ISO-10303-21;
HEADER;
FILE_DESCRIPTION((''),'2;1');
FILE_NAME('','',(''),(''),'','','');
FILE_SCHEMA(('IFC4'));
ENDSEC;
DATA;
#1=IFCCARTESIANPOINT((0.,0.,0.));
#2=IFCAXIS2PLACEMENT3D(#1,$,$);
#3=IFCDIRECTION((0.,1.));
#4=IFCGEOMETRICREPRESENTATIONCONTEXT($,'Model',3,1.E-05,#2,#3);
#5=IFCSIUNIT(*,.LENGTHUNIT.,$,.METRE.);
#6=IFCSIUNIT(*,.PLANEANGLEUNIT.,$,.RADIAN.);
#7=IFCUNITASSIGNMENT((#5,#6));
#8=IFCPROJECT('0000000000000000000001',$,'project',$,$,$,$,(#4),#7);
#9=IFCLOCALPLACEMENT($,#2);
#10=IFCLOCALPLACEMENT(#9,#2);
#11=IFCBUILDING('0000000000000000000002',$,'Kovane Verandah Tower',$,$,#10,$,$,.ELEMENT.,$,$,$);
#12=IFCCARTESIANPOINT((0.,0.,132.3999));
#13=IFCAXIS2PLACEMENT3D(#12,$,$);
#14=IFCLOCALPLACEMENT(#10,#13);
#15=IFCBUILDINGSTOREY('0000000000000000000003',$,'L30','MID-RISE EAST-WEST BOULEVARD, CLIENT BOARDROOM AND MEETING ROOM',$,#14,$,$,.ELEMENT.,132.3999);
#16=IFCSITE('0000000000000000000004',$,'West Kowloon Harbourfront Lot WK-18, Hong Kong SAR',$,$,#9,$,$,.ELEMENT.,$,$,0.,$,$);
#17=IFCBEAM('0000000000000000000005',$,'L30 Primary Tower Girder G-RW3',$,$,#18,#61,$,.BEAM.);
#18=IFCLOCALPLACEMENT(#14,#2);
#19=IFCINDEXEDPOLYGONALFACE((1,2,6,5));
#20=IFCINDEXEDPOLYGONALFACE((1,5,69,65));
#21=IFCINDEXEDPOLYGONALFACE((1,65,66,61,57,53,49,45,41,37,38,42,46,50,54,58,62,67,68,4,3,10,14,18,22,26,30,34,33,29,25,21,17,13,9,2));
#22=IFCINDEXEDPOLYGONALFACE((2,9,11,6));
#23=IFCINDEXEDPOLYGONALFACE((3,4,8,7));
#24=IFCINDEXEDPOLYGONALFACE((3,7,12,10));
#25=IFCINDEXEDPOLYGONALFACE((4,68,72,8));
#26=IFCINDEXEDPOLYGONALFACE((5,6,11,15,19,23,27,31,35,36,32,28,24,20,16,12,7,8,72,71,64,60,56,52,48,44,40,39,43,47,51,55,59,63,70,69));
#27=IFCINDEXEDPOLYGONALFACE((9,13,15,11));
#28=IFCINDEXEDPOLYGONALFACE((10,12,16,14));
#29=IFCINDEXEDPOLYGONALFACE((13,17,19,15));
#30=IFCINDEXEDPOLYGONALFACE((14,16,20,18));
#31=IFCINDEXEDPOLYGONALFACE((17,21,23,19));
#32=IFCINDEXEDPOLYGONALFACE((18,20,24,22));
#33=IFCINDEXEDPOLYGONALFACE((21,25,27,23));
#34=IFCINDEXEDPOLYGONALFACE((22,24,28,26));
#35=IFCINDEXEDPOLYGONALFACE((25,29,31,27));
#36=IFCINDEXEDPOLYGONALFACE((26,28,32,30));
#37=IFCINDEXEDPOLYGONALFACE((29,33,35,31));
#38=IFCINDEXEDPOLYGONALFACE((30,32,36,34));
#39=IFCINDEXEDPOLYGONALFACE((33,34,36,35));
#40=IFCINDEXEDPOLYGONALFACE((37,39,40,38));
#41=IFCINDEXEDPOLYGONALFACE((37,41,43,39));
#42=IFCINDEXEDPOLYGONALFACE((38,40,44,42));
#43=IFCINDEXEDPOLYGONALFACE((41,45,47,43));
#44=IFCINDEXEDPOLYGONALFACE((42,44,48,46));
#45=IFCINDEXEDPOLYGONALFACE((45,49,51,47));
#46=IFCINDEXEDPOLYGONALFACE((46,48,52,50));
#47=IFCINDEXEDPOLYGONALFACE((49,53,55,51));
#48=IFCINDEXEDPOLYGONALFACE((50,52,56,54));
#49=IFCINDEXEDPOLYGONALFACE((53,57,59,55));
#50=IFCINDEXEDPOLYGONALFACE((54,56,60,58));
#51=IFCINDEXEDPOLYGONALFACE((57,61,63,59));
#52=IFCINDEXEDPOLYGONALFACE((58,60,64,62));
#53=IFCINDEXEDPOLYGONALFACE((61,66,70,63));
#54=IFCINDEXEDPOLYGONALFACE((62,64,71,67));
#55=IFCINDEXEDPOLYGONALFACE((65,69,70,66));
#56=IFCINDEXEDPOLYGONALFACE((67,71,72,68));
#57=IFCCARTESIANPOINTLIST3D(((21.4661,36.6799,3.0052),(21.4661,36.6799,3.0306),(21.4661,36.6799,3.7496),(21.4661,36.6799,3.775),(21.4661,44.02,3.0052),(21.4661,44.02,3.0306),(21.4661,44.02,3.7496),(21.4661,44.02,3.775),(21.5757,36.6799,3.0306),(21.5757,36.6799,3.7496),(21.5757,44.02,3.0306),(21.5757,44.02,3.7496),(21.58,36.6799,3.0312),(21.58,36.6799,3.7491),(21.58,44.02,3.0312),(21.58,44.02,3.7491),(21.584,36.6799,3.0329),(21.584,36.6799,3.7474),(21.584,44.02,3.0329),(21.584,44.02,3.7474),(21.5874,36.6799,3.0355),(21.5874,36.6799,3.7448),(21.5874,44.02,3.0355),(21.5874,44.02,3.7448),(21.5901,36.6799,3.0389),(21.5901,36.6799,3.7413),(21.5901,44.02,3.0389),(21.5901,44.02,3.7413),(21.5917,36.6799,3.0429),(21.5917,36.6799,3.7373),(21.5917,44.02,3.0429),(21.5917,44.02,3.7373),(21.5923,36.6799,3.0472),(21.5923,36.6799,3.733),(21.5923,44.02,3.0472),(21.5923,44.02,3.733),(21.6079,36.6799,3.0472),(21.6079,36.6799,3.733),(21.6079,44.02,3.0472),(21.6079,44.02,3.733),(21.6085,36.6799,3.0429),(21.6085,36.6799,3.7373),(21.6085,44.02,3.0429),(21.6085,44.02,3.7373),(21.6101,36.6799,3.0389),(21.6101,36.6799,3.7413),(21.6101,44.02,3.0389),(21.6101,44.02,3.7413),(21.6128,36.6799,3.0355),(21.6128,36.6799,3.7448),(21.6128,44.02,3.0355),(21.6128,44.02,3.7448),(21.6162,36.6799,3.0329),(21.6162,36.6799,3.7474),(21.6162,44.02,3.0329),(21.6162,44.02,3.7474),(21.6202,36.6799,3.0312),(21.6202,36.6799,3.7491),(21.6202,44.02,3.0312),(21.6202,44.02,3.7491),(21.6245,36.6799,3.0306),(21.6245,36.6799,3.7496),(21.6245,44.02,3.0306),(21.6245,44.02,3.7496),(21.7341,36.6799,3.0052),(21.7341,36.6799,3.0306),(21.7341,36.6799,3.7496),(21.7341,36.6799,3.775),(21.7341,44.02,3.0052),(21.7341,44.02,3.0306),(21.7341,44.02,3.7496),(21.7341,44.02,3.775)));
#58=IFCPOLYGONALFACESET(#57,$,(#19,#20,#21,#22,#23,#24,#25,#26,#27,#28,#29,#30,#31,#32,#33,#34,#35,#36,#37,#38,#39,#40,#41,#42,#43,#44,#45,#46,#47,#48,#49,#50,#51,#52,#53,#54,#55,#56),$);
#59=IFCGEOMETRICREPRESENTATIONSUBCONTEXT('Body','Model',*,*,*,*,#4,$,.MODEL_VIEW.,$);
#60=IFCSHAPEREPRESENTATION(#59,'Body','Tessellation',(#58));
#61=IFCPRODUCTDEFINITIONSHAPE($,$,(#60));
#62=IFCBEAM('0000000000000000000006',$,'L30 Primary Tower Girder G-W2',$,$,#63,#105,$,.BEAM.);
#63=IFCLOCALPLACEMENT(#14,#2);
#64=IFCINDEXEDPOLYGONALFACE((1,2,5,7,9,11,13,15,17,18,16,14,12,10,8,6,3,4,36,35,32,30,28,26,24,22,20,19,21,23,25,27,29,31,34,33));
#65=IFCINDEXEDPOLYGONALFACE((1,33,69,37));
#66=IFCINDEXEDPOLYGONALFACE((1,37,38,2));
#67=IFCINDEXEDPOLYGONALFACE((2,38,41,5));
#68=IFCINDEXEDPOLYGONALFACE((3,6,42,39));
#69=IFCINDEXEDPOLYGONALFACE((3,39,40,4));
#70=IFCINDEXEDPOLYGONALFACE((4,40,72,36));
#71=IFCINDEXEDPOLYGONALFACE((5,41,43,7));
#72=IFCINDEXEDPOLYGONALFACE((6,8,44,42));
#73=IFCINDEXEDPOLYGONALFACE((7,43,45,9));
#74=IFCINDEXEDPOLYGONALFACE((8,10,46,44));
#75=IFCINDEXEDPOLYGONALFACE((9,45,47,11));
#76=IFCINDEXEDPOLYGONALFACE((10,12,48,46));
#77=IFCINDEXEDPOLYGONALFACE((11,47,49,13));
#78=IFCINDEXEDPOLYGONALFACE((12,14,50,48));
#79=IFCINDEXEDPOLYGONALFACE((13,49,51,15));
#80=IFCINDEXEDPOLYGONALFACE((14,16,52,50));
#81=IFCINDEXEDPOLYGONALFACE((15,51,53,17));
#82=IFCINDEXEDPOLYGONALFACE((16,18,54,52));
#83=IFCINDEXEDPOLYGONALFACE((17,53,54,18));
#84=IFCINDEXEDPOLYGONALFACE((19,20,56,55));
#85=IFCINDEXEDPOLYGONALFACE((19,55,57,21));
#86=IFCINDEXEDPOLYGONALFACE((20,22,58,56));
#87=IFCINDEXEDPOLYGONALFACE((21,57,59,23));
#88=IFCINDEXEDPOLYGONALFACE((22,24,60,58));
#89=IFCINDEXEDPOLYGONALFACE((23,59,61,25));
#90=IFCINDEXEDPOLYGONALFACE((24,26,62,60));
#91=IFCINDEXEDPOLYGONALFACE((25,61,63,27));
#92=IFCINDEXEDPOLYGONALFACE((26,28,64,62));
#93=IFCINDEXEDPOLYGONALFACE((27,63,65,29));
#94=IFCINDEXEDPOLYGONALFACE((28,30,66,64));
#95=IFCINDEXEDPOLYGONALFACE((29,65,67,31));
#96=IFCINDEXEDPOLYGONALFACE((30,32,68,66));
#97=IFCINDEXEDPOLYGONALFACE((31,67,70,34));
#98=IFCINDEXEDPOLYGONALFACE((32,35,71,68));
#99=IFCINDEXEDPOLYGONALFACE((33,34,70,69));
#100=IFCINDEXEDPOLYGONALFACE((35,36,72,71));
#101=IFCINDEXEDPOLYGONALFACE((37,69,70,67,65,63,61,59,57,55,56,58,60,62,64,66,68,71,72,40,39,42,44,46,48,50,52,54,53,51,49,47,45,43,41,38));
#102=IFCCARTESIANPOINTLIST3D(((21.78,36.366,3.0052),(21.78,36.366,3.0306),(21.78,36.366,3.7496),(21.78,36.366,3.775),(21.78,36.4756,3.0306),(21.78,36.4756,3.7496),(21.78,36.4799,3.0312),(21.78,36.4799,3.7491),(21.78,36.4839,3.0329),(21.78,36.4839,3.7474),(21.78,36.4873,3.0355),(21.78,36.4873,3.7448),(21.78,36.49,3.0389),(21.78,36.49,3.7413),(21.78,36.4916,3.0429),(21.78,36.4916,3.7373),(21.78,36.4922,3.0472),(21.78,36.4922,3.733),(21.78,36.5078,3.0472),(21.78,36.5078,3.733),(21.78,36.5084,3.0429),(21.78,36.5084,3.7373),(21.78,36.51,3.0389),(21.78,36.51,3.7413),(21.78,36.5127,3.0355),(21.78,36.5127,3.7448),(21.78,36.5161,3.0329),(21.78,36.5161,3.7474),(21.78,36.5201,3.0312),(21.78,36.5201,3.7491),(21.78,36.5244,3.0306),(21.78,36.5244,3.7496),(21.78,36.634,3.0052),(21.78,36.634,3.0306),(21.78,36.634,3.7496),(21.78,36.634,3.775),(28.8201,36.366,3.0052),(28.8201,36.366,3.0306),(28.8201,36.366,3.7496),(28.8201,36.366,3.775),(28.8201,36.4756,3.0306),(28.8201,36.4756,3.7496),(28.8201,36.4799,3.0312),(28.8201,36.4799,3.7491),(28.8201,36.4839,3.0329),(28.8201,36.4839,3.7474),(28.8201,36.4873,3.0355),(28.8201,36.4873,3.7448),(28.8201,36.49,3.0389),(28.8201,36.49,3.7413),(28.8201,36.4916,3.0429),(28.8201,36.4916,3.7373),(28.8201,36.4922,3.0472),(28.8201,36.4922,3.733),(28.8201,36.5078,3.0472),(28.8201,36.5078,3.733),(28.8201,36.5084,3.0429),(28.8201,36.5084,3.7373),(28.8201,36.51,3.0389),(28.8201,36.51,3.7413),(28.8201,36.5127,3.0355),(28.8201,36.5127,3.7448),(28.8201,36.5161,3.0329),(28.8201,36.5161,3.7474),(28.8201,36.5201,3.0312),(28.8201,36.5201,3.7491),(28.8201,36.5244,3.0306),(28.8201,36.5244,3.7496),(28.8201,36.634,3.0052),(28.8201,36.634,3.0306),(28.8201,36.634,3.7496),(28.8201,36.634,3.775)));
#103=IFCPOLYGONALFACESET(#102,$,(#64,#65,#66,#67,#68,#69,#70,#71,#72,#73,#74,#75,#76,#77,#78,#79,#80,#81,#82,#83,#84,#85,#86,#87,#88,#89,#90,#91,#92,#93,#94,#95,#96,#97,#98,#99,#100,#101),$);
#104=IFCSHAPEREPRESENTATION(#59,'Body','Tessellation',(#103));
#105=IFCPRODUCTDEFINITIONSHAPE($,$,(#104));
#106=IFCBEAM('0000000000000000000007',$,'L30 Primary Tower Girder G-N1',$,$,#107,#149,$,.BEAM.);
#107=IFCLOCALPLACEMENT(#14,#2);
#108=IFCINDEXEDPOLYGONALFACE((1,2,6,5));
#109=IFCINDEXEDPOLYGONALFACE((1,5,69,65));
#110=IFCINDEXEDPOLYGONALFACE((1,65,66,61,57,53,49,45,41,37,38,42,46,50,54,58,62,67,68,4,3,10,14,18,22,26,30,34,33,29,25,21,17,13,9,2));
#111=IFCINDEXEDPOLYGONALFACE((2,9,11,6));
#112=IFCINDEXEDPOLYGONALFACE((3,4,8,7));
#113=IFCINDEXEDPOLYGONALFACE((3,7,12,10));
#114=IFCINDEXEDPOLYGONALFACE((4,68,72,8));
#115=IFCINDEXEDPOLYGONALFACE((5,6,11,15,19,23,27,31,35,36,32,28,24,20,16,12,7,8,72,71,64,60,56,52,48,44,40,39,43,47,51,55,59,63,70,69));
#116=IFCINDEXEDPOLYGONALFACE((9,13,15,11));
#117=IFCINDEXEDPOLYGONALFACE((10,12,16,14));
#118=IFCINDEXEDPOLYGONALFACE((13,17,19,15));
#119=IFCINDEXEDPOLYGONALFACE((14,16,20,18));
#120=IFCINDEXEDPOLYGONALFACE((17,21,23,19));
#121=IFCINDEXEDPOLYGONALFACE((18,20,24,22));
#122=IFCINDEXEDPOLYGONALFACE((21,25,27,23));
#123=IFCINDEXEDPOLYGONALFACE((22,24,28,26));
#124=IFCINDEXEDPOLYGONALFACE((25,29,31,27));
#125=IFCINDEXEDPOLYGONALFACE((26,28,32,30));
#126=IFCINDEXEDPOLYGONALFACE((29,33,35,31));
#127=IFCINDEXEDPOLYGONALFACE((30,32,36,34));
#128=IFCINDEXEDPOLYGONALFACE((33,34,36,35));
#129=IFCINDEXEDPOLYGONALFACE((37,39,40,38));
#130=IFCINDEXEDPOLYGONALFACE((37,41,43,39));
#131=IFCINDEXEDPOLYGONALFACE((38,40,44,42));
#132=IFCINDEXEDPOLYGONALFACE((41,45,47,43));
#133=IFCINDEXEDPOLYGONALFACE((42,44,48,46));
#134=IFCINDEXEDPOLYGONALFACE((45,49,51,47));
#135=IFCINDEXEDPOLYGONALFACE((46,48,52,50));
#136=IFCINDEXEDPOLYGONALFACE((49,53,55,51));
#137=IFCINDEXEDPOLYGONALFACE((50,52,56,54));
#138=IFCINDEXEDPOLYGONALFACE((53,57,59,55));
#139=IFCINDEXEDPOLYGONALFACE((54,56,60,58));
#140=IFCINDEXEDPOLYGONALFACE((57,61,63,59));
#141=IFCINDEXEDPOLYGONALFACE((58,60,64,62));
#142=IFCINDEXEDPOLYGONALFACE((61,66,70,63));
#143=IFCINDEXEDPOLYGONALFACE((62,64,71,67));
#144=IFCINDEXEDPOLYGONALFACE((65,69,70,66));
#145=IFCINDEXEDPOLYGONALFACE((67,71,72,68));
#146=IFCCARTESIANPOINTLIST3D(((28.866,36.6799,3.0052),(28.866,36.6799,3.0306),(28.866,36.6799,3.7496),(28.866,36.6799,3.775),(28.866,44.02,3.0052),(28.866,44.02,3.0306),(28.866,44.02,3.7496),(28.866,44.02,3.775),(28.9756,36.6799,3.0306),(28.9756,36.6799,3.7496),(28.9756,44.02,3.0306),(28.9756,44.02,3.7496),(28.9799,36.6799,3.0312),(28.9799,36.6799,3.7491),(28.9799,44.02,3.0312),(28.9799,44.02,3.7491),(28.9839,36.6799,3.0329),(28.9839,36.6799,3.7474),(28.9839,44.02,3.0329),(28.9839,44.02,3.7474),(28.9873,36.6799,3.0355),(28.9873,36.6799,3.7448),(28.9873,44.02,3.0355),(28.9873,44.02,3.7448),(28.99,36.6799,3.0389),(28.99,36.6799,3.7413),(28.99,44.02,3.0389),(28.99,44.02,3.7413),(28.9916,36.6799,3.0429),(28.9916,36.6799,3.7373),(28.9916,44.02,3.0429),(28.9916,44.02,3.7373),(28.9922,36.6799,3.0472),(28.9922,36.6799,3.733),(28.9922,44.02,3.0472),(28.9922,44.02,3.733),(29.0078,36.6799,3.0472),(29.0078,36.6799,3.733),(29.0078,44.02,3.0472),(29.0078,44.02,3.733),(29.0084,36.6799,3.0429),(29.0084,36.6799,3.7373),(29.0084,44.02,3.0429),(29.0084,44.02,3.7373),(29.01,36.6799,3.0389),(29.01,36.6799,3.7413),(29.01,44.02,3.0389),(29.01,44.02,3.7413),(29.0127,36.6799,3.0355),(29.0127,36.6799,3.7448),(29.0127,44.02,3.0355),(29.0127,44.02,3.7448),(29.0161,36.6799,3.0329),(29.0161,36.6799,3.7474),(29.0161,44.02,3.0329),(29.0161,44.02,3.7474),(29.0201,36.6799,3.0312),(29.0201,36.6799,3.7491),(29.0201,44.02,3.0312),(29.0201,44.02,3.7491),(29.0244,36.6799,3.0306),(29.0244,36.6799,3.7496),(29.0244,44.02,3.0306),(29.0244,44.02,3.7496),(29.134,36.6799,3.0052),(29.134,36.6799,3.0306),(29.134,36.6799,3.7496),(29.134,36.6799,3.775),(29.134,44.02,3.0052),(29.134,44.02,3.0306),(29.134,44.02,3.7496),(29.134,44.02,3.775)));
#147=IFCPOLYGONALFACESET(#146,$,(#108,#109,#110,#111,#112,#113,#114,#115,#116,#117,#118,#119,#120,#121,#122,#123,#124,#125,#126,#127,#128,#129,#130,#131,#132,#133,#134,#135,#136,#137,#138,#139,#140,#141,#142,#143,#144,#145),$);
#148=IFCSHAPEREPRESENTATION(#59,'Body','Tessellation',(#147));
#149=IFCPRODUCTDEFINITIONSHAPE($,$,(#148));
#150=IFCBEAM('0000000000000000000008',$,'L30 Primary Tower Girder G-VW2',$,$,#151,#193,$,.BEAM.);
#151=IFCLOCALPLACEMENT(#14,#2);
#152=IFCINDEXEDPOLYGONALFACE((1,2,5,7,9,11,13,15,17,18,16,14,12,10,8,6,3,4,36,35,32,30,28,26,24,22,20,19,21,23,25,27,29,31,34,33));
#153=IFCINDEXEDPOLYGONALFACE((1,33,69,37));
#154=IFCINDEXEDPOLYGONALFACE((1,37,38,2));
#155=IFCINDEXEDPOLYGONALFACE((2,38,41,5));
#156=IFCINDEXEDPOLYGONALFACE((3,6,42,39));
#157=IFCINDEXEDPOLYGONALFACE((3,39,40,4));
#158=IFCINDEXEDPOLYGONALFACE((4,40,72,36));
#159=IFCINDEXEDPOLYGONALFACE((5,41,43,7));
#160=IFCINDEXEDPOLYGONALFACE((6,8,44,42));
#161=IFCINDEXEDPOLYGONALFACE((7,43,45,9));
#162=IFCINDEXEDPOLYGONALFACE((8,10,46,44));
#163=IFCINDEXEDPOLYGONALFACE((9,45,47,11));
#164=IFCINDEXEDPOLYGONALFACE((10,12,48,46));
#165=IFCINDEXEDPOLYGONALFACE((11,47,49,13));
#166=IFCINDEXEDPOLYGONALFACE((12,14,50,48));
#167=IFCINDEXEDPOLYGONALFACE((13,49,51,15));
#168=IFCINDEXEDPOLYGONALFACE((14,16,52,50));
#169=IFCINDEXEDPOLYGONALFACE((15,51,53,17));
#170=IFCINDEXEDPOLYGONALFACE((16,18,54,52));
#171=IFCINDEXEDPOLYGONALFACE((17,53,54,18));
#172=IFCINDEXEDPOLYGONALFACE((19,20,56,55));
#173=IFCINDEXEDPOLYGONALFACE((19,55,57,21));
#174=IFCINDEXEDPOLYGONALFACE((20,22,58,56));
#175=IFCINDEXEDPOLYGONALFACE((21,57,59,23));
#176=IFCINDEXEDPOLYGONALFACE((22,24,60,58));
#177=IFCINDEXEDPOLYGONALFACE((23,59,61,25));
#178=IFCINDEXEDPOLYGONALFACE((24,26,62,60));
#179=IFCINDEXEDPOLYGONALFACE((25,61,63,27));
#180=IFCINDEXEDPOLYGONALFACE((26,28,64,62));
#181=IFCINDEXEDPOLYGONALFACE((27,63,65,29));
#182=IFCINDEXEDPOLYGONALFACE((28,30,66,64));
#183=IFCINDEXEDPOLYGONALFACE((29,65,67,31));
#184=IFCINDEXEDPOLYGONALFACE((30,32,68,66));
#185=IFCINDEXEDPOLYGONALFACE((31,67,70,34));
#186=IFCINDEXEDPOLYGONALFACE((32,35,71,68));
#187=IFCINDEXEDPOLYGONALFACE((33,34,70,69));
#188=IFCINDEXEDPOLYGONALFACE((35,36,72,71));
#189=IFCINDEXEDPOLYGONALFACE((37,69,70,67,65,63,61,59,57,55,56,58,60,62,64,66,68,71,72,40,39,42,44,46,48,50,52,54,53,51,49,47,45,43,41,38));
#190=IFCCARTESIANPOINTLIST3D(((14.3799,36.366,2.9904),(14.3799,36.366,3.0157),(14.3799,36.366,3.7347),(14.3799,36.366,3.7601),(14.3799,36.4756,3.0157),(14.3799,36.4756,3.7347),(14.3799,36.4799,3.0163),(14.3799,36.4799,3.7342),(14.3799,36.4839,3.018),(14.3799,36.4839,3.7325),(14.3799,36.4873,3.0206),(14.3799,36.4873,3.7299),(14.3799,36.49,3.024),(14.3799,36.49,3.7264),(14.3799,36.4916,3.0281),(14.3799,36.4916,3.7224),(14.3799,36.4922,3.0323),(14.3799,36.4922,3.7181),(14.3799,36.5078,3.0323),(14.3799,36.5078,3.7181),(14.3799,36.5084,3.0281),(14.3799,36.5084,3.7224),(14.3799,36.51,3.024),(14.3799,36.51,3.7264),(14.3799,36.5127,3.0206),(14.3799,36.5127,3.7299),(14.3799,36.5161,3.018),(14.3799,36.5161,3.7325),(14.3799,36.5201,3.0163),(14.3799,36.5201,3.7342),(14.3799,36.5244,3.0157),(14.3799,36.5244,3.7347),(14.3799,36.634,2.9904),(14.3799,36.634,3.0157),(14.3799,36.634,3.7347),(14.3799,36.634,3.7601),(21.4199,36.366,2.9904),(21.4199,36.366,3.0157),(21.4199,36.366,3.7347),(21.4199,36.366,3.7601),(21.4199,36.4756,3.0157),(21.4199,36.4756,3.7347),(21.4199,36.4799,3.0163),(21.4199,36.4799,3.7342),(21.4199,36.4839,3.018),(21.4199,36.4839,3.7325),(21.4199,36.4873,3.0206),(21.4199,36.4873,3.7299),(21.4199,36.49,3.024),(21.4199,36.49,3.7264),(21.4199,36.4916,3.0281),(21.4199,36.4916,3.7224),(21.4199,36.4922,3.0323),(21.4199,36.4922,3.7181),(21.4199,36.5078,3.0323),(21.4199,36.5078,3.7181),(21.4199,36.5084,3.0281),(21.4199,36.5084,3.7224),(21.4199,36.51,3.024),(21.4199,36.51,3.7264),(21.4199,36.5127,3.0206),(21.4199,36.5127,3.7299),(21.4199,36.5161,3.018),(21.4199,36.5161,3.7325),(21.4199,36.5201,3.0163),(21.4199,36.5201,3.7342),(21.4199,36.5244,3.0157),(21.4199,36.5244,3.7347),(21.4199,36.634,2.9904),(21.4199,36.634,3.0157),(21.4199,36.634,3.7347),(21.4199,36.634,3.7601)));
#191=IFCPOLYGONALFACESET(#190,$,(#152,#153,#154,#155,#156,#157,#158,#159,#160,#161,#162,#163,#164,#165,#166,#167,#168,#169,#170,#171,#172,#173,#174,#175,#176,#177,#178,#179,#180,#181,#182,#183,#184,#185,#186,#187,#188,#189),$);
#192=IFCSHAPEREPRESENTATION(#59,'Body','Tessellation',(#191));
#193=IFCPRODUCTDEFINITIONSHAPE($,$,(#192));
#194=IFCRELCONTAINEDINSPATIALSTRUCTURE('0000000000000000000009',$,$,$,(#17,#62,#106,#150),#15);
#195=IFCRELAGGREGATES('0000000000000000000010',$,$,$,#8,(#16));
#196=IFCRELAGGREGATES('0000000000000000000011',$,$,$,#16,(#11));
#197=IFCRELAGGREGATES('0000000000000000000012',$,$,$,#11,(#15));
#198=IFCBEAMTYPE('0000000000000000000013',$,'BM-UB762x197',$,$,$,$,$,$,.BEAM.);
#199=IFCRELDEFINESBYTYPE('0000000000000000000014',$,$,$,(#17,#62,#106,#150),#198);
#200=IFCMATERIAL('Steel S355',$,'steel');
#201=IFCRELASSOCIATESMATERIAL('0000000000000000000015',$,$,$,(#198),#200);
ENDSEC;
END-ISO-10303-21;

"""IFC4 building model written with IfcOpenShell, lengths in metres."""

from ifc_helpers import new_model, si_unit, direction, frame, origin, origin_2d, place, context, subcontext, project, spatial, i_section, extrude, material, material_profile, profile_set, type_object, element, save


model = new_model("IFC4")

# Units and contexts
model_context = context("Model", 3, precision=1e-05, world=origin(), true_north=direction((0.0, 1.0)))
body_context = subcontext(model_context, "Body", "Model", "MODEL_VIEW")
ifc_project = project(units=[si_unit("LENGTHUNIT", "METRE"), si_unit("PLANEANGLEUNIT", "RADIAN")], contexts=[model_context])

# Site, building, storey
site_placement = place(None, origin())
site = spatial("IfcSite", under=ifc_project, at=site_placement, Name="West Kowloon Harbourfront Lot WK-18, Hong Kong SAR", CompositionType="ELEMENT", RefElevation=0.0)
building_placement = place(site_placement, origin())
building = spatial("IfcBuilding", under=site, at=building_placement, Name="Kovane Verandah Tower", CompositionType="ELEMENT")
storey_placement = place(building_placement, frame((0.0, 0.0, 132.3999)))
storey = spatial("IfcBuildingStorey", under=building, at=storey_placement, Name="L30", Description="MID-RISE EAST-WEST BOULEVARD, CLIENT BOARDROOM AND MEETING ROOM", CompositionType="ELEMENT", Elevation=132.3999)

# Beams
ifc_material_1 = material(Name="Steel S355", Category="steel")
ifc_material_profile_1 = material_profile(ifc_material_1, i_section(OverallWidth=0.2681, OverallDepth=0.7698, WebThickness=0.0156, FlangeThickness=0.0254, FilletRadius=0.0166, at=origin_2d()), Name="UB762x267x197")
ifc_profile_set_1 = profile_set([ifc_material_profile_1], Name="Steel S355")
beam_type_1 = type_object("IfcBeamType", Name="BM-UB762x197", PredefinedType="BEAM", material=ifc_profile_set_1)
beam_1_placement = place(storey_placement, frame((21.6001, 36.6799, 3.3901), z_axis=(0.0, 1.0, 0.0), x_axis=(-1.0, 0.0, 0.0)))
element("IfcBeam", 1, at=beam_1_placement, inside=storey, type_object=beam_type_1, Name="L30 Primary Tower Girder G-RW3", PredefinedType="BEAM", context=body_context, shape_type="SweptSolid", body=[
    extrude(i_section(OverallWidth=0.2681, OverallDepth=0.7698, WebThickness=0.0156, FlangeThickness=0.0254, FilletRadius=0.0166, at=origin_2d()), origin(), (0.0, 0.0, 1.0), 7.3401),
])
beam_2_placement = place(storey_placement, frame((28.8201, 36.5, 3.3901), z_axis=(-1.0, 0.0, 0.0), x_axis=(0.0, -1.0, 0.0)))
element("IfcBeam", 2, at=beam_2_placement, inside=storey, type_object=beam_type_1, Name="L30 Primary Tower Girder G-W2", PredefinedType="BEAM", context=body_context, shape_type="SweptSolid", body=[
    extrude(i_section(OverallWidth=0.2681, OverallDepth=0.7698, WebThickness=0.0156, FlangeThickness=0.0254, FilletRadius=0.0166, at=origin_2d()), origin(), (0.0, 0.0, 1.0), 7.04),
])
beam_3_placement = place(storey_placement, frame((29.0, 36.6799, 3.3901), z_axis=(0.0, 1.0, 0.0), x_axis=(-1.0, 0.0, 0.0)))
element("IfcBeam", 3, at=beam_3_placement, inside=storey, type_object=beam_type_1, Name="L30 Primary Tower Girder G-N1", PredefinedType="BEAM", context=body_context, shape_type="SweptSolid", body=[
    extrude(i_section(OverallWidth=0.2681, OverallDepth=0.7698, WebThickness=0.0156, FlangeThickness=0.0254, FilletRadius=0.0166, at=origin_2d()), origin(), (0.0, 0.0, 1.0), 7.3401),
])
beam_4_placement = place(storey_placement, frame((21.4199, 36.5, 3.3752), z_axis=(-1.0, 0.0, 0.0), x_axis=(0.0, -1.0, 0.0)))
element("IfcBeam", 4, at=beam_4_placement, inside=storey, type_object=beam_type_1, Name="L30 Primary Tower Girder G-VW2", PredefinedType="BEAM", context=body_context, shape_type="SweptSolid", body=[
    extrude(i_section(OverallWidth=0.2681, OverallDepth=0.7698, WebThickness=0.0156, FlangeThickness=0.0254, FilletRadius=0.0166, at=origin_2d()), origin(), (0.0, 0.0, 1.0), 7.04),
])

save(model, "model.ifc")
